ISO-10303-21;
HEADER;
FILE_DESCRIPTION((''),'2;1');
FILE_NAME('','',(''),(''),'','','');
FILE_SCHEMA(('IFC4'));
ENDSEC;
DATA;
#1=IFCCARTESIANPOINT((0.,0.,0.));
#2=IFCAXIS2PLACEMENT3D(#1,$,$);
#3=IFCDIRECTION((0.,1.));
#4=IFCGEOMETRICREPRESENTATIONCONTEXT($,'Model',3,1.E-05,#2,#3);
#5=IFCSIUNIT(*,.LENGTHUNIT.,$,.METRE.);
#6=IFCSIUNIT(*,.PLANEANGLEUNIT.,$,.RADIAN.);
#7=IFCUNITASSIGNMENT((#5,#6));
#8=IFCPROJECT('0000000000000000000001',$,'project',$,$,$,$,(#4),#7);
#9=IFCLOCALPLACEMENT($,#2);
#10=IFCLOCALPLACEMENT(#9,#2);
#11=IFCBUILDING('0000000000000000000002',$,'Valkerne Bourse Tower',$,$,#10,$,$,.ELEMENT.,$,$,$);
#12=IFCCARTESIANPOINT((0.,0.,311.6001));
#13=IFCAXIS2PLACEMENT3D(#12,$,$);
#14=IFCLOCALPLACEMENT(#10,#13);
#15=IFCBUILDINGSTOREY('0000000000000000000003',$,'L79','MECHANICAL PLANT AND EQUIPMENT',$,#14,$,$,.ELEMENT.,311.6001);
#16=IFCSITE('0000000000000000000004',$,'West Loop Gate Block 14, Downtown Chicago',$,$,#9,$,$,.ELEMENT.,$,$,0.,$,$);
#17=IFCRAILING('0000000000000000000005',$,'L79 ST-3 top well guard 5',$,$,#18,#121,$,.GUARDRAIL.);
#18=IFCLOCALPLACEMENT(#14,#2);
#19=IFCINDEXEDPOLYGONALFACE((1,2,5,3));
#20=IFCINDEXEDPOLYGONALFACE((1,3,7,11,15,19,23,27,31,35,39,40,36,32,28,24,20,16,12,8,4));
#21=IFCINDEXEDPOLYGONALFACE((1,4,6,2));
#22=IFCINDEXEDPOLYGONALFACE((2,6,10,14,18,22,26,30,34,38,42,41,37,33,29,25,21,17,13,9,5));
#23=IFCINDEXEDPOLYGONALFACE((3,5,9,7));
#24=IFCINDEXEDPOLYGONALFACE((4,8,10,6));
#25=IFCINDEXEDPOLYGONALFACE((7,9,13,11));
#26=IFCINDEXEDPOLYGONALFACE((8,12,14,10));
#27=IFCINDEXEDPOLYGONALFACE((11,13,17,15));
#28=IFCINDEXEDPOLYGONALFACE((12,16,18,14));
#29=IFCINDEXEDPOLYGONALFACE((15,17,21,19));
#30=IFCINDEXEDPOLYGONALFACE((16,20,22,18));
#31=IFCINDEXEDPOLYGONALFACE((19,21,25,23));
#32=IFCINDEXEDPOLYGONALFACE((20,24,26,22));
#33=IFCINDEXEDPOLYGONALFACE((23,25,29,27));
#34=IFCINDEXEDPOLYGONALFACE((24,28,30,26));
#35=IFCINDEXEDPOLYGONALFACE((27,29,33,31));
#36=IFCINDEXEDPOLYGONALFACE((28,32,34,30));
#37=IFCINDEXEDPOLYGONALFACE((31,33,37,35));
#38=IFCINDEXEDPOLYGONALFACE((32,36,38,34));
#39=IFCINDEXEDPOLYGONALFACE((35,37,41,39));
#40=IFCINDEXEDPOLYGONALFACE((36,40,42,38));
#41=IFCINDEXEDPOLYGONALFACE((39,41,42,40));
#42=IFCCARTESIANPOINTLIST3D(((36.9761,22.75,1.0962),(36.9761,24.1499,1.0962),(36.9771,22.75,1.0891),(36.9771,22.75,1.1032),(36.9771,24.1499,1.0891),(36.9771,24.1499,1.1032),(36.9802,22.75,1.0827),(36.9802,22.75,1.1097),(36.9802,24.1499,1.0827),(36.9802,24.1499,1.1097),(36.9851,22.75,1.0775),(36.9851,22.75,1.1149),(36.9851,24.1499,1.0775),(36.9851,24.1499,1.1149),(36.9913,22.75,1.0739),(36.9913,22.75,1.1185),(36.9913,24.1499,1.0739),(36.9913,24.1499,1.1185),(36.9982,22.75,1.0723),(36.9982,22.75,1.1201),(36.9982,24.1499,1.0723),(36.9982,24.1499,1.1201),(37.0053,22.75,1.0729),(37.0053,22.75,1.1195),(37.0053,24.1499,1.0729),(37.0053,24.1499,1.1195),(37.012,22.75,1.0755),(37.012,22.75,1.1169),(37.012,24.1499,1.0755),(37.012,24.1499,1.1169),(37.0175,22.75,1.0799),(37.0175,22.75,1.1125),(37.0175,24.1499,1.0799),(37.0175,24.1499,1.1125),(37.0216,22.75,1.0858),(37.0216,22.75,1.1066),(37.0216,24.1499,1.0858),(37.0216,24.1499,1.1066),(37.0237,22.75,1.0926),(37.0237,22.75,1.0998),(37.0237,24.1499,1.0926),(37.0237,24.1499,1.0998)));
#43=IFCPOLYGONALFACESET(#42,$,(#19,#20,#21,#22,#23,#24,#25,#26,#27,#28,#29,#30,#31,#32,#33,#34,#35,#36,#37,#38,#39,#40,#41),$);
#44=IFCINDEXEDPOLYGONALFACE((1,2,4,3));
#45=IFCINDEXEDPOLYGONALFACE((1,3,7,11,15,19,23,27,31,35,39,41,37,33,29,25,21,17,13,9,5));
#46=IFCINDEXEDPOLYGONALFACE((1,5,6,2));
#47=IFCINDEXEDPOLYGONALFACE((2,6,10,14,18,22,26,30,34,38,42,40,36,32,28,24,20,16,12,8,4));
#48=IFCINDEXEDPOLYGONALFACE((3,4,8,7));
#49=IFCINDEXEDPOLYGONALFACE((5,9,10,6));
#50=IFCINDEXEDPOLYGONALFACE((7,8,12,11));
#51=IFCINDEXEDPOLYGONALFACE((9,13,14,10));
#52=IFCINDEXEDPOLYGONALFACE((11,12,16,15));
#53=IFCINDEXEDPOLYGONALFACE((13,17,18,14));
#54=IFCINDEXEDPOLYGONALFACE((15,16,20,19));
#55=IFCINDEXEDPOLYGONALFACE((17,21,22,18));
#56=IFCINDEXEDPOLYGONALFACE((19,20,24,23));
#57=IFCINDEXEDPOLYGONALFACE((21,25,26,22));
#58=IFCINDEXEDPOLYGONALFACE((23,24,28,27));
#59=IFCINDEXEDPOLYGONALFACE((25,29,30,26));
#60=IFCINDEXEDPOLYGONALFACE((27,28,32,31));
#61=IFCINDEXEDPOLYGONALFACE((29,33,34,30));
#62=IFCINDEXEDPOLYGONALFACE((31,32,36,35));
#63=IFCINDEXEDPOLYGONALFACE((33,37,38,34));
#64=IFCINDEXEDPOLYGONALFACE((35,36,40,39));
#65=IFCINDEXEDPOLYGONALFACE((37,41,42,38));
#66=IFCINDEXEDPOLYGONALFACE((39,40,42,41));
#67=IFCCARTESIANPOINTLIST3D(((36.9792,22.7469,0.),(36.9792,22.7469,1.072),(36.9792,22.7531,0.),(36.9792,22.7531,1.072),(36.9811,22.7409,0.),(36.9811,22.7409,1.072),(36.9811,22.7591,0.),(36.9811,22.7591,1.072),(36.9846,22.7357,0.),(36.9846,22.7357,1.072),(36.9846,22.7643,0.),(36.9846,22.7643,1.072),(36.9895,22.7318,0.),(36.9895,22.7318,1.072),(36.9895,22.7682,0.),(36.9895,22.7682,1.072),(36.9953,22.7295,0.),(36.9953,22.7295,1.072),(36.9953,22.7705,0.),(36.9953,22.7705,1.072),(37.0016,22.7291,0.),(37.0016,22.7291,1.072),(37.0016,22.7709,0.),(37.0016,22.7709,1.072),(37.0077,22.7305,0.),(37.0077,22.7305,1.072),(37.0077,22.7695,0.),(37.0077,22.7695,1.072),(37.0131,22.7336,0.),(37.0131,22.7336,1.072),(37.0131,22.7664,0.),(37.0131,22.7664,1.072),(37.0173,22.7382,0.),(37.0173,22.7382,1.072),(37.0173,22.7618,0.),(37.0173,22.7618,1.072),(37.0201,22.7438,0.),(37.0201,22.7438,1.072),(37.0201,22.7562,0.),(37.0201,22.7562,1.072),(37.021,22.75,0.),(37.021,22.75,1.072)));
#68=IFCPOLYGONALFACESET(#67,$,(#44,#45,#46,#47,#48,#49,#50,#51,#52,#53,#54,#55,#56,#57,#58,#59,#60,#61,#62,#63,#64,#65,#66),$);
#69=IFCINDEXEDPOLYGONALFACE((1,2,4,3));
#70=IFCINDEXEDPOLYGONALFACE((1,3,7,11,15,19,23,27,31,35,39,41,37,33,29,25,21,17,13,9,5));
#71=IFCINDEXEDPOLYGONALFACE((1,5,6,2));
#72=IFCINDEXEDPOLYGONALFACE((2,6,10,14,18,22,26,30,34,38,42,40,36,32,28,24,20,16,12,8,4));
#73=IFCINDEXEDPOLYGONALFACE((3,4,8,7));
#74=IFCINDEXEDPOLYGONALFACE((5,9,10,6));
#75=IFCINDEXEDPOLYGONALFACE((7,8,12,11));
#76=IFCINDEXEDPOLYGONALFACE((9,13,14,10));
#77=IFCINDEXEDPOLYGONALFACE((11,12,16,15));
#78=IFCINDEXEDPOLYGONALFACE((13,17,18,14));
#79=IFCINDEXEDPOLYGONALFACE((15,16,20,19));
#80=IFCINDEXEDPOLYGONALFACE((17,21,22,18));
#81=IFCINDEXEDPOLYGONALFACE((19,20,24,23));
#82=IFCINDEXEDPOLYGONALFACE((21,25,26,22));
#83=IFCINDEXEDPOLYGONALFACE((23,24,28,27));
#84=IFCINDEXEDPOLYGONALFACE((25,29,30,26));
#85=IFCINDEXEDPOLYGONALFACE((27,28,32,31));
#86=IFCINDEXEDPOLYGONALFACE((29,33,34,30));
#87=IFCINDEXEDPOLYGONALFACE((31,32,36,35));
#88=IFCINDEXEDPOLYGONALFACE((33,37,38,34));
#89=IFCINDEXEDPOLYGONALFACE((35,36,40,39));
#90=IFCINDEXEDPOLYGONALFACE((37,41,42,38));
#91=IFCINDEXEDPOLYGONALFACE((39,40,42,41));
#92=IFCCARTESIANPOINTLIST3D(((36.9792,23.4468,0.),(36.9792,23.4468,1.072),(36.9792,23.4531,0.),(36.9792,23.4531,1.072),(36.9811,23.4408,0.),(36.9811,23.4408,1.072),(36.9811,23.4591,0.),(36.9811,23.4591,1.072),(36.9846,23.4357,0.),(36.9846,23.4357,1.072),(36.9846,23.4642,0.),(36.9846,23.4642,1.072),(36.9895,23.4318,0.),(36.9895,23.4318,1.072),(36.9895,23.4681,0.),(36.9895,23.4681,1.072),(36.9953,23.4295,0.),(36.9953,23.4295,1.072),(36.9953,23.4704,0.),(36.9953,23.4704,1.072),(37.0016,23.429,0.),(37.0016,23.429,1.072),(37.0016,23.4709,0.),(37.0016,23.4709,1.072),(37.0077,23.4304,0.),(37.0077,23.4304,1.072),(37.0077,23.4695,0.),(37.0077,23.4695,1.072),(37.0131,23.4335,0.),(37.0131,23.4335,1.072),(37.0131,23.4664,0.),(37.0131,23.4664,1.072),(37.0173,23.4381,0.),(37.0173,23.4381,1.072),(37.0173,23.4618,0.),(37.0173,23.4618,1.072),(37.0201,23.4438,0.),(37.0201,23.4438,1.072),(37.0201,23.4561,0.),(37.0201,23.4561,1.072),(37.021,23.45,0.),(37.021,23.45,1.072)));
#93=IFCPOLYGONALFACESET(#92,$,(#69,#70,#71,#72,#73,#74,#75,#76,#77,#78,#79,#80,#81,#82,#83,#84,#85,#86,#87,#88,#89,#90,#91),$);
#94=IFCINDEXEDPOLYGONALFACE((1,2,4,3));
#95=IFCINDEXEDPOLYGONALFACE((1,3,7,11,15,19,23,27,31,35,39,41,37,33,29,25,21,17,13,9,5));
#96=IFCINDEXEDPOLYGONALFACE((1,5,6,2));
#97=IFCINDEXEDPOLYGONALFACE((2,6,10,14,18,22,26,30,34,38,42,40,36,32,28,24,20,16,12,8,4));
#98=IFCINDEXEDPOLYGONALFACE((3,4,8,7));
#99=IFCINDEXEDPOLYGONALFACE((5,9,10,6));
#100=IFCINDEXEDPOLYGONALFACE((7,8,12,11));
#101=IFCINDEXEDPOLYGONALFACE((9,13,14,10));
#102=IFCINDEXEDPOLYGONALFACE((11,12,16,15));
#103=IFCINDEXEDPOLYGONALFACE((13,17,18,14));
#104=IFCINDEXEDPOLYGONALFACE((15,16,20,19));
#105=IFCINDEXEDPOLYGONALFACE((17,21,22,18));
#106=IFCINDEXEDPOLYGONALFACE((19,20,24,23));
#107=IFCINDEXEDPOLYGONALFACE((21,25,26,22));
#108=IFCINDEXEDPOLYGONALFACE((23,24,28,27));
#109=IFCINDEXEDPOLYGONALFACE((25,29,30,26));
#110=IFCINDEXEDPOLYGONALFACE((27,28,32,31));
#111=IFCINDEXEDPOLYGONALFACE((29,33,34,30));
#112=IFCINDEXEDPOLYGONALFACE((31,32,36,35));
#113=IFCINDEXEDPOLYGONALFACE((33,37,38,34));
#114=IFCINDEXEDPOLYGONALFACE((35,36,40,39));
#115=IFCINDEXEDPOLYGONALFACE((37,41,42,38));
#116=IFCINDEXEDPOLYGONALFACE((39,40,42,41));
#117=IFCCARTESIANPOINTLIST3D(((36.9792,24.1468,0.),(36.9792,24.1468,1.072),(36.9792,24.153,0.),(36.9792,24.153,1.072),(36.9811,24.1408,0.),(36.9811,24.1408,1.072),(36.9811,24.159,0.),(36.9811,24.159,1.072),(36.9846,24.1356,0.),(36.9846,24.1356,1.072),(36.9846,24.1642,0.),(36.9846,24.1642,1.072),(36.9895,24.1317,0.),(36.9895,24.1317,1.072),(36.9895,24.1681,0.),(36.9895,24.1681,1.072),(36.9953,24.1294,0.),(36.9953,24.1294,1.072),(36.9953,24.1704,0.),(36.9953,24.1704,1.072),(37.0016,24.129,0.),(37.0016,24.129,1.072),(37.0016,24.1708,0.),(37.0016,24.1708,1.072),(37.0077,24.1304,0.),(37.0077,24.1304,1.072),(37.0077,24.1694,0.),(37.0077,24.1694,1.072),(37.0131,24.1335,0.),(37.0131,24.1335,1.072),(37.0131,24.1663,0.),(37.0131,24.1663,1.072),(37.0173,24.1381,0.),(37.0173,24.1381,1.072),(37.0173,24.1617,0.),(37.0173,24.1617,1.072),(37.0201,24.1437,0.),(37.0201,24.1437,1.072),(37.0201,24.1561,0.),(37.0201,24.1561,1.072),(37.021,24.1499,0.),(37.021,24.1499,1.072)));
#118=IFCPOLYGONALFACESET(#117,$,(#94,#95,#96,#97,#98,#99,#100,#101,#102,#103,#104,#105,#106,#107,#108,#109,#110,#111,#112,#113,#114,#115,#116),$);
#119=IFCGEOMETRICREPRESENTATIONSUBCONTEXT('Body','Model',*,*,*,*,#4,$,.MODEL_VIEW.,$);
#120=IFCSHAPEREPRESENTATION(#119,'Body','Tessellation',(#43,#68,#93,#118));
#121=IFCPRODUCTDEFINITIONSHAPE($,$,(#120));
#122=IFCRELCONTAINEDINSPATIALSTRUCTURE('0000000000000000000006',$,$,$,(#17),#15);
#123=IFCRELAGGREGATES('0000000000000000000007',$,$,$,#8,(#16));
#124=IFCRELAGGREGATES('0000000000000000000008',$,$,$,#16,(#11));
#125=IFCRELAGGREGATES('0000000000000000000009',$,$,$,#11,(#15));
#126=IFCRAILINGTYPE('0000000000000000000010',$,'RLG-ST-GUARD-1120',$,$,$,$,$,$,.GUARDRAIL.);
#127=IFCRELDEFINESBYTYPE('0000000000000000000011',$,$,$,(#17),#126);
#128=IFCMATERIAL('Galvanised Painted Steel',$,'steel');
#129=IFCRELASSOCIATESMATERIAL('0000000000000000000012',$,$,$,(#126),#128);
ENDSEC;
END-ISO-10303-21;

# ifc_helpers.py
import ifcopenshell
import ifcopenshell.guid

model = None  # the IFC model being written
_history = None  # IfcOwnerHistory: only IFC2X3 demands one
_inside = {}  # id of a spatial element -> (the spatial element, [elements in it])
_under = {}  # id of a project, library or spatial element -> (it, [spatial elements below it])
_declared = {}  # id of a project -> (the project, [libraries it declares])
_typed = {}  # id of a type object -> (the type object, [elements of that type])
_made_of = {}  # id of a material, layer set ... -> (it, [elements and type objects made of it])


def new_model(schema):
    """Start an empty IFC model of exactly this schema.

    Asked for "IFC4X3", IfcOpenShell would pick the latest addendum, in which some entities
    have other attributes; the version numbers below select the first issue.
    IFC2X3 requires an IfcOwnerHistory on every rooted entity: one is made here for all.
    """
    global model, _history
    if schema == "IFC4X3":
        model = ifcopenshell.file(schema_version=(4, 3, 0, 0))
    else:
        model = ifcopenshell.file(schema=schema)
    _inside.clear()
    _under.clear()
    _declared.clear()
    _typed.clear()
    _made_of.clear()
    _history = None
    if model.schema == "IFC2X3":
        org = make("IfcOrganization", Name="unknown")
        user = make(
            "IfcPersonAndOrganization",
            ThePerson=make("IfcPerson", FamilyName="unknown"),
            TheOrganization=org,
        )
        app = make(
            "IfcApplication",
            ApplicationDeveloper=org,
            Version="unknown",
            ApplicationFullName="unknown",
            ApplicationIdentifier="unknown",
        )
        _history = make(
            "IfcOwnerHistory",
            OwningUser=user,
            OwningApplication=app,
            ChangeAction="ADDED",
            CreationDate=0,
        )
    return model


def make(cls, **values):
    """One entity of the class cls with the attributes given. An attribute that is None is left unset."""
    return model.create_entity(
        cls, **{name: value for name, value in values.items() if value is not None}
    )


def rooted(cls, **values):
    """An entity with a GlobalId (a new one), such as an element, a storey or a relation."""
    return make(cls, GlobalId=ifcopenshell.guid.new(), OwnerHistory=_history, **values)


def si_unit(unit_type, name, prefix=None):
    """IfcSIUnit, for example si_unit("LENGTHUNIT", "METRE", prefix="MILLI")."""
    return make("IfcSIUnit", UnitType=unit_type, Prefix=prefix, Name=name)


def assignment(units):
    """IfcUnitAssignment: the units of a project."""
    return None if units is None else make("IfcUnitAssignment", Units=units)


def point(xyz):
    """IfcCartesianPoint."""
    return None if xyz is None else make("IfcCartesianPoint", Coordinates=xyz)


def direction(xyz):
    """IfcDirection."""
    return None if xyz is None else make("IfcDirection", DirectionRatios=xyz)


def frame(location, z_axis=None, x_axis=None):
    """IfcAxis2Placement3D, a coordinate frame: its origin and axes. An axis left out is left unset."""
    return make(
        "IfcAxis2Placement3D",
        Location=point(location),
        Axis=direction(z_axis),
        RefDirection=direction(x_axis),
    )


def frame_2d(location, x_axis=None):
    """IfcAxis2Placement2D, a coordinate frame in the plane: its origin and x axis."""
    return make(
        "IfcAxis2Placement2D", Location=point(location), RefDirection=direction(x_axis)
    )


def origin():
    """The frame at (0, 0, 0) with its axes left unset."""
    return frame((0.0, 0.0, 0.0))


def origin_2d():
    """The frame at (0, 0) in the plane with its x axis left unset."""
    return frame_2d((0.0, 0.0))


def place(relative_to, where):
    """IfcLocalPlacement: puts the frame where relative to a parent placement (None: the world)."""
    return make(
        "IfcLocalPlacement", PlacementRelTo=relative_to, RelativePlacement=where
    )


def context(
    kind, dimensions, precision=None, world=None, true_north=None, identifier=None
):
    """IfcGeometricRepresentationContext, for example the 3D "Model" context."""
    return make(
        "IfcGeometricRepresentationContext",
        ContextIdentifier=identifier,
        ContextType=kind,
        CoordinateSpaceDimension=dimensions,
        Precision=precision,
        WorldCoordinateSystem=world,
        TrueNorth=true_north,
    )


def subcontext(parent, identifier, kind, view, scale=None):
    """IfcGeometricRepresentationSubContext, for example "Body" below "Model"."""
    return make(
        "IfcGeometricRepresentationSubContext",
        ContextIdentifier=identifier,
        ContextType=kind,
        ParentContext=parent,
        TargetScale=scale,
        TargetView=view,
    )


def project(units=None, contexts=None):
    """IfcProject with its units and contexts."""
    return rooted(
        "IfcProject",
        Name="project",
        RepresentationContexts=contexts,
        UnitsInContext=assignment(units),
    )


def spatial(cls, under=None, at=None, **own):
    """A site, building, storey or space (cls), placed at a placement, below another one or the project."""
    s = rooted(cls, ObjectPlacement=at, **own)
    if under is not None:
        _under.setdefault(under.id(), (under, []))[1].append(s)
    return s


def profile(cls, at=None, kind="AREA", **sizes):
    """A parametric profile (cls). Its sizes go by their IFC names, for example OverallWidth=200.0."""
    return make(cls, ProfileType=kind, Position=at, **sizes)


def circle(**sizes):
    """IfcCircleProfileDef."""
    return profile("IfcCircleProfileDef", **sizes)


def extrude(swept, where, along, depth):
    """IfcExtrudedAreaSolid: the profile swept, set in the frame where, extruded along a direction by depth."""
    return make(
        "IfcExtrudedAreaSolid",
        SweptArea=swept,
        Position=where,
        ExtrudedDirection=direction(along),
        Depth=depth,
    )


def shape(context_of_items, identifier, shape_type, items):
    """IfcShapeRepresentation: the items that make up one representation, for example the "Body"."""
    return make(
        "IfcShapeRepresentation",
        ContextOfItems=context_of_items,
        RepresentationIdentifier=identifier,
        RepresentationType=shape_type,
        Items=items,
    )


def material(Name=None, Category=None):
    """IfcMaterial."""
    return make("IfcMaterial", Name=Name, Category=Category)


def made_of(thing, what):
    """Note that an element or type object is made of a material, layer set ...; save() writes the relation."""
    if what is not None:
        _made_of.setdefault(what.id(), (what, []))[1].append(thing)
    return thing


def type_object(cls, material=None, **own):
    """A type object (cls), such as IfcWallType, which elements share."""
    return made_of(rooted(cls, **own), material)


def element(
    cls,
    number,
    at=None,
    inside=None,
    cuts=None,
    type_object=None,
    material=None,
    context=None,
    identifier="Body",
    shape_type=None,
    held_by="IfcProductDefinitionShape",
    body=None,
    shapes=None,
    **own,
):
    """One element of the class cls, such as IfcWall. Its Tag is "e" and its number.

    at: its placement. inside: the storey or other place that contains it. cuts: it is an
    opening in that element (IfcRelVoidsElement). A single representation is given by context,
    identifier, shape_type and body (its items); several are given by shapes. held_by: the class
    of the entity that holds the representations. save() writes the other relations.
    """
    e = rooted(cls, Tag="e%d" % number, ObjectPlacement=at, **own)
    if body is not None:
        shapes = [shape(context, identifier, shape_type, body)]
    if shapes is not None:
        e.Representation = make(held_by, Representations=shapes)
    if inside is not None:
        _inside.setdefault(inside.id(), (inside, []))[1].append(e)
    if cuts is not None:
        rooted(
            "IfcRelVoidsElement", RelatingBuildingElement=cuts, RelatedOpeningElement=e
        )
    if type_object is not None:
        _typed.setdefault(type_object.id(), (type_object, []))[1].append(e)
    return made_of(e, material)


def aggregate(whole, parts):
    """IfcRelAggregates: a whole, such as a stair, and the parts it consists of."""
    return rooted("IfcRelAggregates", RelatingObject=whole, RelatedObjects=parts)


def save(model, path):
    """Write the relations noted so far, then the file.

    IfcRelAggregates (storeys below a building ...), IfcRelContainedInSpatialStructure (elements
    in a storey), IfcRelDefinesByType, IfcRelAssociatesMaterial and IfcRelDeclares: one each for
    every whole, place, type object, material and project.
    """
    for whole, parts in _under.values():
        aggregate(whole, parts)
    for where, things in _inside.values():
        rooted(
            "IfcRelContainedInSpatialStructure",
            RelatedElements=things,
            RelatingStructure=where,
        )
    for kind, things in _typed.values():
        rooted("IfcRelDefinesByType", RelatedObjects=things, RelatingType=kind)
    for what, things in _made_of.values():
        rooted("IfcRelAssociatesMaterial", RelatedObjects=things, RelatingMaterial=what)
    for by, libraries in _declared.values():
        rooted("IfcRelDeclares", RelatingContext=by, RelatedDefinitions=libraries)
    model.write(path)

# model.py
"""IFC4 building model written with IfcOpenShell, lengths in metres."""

from ifc_helpers import new_model, si_unit, direction, frame, origin, origin_2d, place, context, subcontext, project, spatial, circle, extrude, material, type_object, element, save


model = new_model("IFC4")

# Units and contexts
model_context = context("Model", 3, precision=1e-05, world=origin(), true_north=direction((0.0, 1.0)))
body_context = subcontext(model_context, "Body", "Model", "MODEL_VIEW")
ifc_project = project(units=[si_unit("LENGTHUNIT", "METRE"), si_unit("PLANEANGLEUNIT", "RADIAN")], contexts=[model_context])

# Site, building, storey
site_placement = place(None, origin())
site = spatial("IfcSite", under=ifc_project, at=site_placement, Name="West Loop Gate Block 14, Downtown Chicago", CompositionType="ELEMENT", RefElevation=0.0)
building_placement = place(site_placement, origin())
building = spatial("IfcBuilding", under=site, at=building_placement, Name="Valkerne Bourse Tower", CompositionType="ELEMENT")
storey_placement = place(building_placement, frame((0.0, 0.0, 311.6001)))
storey = spatial("IfcBuildingStorey", under=building, at=storey_placement, Name="L79", Description="MECHANICAL PLANT AND EQUIPMENT", CompositionType="ELEMENT", Elevation=311.6001)

# Railing
ifc_material_1 = material(Name="Galvanised Painted Steel", Category="steel")
railing_type = type_object("IfcRailingType", Name="RLG-ST-GUARD-1120", PredefinedType="GUARDRAIL", material=ifc_material_1)
railing_1_placement = place(storey_placement, frame((37.0, 22.75, 0.0)))
element("IfcRailing", 1, at=railing_1_placement, inside=storey, type_object=railing_type, Name="L79 ST-3 top well guard 5", PredefinedType="GUARDRAIL", context=body_context, shape_type="SweptSolid", body=[
    extrude(circle(Radius=0.0239, at=origin_2d()), frame((0.0, 0.0, 1.0962), z_axis=(0.0, 1.0, 0.0), x_axis=(-1.0, 0.0, 0.0)), (0.0, 0.0, 1.0), 1.3999),
    extrude(circle(Radius=0.021, at=origin_2d()), origin(), (0.0, 0.0, 1.0), 1.072),
    extrude(circle(Radius=0.021, at=origin_2d()), frame((0.0, 0.7, 0.0)), (0.0, 0.0, 1.0), 1.072),
    extrude(circle(Radius=0.021, at=origin_2d()), frame((0.0, 1.3999, 0.0)), (0.0, 0.0, 1.0), 1.072),
])

save(model, "model.ifc")
